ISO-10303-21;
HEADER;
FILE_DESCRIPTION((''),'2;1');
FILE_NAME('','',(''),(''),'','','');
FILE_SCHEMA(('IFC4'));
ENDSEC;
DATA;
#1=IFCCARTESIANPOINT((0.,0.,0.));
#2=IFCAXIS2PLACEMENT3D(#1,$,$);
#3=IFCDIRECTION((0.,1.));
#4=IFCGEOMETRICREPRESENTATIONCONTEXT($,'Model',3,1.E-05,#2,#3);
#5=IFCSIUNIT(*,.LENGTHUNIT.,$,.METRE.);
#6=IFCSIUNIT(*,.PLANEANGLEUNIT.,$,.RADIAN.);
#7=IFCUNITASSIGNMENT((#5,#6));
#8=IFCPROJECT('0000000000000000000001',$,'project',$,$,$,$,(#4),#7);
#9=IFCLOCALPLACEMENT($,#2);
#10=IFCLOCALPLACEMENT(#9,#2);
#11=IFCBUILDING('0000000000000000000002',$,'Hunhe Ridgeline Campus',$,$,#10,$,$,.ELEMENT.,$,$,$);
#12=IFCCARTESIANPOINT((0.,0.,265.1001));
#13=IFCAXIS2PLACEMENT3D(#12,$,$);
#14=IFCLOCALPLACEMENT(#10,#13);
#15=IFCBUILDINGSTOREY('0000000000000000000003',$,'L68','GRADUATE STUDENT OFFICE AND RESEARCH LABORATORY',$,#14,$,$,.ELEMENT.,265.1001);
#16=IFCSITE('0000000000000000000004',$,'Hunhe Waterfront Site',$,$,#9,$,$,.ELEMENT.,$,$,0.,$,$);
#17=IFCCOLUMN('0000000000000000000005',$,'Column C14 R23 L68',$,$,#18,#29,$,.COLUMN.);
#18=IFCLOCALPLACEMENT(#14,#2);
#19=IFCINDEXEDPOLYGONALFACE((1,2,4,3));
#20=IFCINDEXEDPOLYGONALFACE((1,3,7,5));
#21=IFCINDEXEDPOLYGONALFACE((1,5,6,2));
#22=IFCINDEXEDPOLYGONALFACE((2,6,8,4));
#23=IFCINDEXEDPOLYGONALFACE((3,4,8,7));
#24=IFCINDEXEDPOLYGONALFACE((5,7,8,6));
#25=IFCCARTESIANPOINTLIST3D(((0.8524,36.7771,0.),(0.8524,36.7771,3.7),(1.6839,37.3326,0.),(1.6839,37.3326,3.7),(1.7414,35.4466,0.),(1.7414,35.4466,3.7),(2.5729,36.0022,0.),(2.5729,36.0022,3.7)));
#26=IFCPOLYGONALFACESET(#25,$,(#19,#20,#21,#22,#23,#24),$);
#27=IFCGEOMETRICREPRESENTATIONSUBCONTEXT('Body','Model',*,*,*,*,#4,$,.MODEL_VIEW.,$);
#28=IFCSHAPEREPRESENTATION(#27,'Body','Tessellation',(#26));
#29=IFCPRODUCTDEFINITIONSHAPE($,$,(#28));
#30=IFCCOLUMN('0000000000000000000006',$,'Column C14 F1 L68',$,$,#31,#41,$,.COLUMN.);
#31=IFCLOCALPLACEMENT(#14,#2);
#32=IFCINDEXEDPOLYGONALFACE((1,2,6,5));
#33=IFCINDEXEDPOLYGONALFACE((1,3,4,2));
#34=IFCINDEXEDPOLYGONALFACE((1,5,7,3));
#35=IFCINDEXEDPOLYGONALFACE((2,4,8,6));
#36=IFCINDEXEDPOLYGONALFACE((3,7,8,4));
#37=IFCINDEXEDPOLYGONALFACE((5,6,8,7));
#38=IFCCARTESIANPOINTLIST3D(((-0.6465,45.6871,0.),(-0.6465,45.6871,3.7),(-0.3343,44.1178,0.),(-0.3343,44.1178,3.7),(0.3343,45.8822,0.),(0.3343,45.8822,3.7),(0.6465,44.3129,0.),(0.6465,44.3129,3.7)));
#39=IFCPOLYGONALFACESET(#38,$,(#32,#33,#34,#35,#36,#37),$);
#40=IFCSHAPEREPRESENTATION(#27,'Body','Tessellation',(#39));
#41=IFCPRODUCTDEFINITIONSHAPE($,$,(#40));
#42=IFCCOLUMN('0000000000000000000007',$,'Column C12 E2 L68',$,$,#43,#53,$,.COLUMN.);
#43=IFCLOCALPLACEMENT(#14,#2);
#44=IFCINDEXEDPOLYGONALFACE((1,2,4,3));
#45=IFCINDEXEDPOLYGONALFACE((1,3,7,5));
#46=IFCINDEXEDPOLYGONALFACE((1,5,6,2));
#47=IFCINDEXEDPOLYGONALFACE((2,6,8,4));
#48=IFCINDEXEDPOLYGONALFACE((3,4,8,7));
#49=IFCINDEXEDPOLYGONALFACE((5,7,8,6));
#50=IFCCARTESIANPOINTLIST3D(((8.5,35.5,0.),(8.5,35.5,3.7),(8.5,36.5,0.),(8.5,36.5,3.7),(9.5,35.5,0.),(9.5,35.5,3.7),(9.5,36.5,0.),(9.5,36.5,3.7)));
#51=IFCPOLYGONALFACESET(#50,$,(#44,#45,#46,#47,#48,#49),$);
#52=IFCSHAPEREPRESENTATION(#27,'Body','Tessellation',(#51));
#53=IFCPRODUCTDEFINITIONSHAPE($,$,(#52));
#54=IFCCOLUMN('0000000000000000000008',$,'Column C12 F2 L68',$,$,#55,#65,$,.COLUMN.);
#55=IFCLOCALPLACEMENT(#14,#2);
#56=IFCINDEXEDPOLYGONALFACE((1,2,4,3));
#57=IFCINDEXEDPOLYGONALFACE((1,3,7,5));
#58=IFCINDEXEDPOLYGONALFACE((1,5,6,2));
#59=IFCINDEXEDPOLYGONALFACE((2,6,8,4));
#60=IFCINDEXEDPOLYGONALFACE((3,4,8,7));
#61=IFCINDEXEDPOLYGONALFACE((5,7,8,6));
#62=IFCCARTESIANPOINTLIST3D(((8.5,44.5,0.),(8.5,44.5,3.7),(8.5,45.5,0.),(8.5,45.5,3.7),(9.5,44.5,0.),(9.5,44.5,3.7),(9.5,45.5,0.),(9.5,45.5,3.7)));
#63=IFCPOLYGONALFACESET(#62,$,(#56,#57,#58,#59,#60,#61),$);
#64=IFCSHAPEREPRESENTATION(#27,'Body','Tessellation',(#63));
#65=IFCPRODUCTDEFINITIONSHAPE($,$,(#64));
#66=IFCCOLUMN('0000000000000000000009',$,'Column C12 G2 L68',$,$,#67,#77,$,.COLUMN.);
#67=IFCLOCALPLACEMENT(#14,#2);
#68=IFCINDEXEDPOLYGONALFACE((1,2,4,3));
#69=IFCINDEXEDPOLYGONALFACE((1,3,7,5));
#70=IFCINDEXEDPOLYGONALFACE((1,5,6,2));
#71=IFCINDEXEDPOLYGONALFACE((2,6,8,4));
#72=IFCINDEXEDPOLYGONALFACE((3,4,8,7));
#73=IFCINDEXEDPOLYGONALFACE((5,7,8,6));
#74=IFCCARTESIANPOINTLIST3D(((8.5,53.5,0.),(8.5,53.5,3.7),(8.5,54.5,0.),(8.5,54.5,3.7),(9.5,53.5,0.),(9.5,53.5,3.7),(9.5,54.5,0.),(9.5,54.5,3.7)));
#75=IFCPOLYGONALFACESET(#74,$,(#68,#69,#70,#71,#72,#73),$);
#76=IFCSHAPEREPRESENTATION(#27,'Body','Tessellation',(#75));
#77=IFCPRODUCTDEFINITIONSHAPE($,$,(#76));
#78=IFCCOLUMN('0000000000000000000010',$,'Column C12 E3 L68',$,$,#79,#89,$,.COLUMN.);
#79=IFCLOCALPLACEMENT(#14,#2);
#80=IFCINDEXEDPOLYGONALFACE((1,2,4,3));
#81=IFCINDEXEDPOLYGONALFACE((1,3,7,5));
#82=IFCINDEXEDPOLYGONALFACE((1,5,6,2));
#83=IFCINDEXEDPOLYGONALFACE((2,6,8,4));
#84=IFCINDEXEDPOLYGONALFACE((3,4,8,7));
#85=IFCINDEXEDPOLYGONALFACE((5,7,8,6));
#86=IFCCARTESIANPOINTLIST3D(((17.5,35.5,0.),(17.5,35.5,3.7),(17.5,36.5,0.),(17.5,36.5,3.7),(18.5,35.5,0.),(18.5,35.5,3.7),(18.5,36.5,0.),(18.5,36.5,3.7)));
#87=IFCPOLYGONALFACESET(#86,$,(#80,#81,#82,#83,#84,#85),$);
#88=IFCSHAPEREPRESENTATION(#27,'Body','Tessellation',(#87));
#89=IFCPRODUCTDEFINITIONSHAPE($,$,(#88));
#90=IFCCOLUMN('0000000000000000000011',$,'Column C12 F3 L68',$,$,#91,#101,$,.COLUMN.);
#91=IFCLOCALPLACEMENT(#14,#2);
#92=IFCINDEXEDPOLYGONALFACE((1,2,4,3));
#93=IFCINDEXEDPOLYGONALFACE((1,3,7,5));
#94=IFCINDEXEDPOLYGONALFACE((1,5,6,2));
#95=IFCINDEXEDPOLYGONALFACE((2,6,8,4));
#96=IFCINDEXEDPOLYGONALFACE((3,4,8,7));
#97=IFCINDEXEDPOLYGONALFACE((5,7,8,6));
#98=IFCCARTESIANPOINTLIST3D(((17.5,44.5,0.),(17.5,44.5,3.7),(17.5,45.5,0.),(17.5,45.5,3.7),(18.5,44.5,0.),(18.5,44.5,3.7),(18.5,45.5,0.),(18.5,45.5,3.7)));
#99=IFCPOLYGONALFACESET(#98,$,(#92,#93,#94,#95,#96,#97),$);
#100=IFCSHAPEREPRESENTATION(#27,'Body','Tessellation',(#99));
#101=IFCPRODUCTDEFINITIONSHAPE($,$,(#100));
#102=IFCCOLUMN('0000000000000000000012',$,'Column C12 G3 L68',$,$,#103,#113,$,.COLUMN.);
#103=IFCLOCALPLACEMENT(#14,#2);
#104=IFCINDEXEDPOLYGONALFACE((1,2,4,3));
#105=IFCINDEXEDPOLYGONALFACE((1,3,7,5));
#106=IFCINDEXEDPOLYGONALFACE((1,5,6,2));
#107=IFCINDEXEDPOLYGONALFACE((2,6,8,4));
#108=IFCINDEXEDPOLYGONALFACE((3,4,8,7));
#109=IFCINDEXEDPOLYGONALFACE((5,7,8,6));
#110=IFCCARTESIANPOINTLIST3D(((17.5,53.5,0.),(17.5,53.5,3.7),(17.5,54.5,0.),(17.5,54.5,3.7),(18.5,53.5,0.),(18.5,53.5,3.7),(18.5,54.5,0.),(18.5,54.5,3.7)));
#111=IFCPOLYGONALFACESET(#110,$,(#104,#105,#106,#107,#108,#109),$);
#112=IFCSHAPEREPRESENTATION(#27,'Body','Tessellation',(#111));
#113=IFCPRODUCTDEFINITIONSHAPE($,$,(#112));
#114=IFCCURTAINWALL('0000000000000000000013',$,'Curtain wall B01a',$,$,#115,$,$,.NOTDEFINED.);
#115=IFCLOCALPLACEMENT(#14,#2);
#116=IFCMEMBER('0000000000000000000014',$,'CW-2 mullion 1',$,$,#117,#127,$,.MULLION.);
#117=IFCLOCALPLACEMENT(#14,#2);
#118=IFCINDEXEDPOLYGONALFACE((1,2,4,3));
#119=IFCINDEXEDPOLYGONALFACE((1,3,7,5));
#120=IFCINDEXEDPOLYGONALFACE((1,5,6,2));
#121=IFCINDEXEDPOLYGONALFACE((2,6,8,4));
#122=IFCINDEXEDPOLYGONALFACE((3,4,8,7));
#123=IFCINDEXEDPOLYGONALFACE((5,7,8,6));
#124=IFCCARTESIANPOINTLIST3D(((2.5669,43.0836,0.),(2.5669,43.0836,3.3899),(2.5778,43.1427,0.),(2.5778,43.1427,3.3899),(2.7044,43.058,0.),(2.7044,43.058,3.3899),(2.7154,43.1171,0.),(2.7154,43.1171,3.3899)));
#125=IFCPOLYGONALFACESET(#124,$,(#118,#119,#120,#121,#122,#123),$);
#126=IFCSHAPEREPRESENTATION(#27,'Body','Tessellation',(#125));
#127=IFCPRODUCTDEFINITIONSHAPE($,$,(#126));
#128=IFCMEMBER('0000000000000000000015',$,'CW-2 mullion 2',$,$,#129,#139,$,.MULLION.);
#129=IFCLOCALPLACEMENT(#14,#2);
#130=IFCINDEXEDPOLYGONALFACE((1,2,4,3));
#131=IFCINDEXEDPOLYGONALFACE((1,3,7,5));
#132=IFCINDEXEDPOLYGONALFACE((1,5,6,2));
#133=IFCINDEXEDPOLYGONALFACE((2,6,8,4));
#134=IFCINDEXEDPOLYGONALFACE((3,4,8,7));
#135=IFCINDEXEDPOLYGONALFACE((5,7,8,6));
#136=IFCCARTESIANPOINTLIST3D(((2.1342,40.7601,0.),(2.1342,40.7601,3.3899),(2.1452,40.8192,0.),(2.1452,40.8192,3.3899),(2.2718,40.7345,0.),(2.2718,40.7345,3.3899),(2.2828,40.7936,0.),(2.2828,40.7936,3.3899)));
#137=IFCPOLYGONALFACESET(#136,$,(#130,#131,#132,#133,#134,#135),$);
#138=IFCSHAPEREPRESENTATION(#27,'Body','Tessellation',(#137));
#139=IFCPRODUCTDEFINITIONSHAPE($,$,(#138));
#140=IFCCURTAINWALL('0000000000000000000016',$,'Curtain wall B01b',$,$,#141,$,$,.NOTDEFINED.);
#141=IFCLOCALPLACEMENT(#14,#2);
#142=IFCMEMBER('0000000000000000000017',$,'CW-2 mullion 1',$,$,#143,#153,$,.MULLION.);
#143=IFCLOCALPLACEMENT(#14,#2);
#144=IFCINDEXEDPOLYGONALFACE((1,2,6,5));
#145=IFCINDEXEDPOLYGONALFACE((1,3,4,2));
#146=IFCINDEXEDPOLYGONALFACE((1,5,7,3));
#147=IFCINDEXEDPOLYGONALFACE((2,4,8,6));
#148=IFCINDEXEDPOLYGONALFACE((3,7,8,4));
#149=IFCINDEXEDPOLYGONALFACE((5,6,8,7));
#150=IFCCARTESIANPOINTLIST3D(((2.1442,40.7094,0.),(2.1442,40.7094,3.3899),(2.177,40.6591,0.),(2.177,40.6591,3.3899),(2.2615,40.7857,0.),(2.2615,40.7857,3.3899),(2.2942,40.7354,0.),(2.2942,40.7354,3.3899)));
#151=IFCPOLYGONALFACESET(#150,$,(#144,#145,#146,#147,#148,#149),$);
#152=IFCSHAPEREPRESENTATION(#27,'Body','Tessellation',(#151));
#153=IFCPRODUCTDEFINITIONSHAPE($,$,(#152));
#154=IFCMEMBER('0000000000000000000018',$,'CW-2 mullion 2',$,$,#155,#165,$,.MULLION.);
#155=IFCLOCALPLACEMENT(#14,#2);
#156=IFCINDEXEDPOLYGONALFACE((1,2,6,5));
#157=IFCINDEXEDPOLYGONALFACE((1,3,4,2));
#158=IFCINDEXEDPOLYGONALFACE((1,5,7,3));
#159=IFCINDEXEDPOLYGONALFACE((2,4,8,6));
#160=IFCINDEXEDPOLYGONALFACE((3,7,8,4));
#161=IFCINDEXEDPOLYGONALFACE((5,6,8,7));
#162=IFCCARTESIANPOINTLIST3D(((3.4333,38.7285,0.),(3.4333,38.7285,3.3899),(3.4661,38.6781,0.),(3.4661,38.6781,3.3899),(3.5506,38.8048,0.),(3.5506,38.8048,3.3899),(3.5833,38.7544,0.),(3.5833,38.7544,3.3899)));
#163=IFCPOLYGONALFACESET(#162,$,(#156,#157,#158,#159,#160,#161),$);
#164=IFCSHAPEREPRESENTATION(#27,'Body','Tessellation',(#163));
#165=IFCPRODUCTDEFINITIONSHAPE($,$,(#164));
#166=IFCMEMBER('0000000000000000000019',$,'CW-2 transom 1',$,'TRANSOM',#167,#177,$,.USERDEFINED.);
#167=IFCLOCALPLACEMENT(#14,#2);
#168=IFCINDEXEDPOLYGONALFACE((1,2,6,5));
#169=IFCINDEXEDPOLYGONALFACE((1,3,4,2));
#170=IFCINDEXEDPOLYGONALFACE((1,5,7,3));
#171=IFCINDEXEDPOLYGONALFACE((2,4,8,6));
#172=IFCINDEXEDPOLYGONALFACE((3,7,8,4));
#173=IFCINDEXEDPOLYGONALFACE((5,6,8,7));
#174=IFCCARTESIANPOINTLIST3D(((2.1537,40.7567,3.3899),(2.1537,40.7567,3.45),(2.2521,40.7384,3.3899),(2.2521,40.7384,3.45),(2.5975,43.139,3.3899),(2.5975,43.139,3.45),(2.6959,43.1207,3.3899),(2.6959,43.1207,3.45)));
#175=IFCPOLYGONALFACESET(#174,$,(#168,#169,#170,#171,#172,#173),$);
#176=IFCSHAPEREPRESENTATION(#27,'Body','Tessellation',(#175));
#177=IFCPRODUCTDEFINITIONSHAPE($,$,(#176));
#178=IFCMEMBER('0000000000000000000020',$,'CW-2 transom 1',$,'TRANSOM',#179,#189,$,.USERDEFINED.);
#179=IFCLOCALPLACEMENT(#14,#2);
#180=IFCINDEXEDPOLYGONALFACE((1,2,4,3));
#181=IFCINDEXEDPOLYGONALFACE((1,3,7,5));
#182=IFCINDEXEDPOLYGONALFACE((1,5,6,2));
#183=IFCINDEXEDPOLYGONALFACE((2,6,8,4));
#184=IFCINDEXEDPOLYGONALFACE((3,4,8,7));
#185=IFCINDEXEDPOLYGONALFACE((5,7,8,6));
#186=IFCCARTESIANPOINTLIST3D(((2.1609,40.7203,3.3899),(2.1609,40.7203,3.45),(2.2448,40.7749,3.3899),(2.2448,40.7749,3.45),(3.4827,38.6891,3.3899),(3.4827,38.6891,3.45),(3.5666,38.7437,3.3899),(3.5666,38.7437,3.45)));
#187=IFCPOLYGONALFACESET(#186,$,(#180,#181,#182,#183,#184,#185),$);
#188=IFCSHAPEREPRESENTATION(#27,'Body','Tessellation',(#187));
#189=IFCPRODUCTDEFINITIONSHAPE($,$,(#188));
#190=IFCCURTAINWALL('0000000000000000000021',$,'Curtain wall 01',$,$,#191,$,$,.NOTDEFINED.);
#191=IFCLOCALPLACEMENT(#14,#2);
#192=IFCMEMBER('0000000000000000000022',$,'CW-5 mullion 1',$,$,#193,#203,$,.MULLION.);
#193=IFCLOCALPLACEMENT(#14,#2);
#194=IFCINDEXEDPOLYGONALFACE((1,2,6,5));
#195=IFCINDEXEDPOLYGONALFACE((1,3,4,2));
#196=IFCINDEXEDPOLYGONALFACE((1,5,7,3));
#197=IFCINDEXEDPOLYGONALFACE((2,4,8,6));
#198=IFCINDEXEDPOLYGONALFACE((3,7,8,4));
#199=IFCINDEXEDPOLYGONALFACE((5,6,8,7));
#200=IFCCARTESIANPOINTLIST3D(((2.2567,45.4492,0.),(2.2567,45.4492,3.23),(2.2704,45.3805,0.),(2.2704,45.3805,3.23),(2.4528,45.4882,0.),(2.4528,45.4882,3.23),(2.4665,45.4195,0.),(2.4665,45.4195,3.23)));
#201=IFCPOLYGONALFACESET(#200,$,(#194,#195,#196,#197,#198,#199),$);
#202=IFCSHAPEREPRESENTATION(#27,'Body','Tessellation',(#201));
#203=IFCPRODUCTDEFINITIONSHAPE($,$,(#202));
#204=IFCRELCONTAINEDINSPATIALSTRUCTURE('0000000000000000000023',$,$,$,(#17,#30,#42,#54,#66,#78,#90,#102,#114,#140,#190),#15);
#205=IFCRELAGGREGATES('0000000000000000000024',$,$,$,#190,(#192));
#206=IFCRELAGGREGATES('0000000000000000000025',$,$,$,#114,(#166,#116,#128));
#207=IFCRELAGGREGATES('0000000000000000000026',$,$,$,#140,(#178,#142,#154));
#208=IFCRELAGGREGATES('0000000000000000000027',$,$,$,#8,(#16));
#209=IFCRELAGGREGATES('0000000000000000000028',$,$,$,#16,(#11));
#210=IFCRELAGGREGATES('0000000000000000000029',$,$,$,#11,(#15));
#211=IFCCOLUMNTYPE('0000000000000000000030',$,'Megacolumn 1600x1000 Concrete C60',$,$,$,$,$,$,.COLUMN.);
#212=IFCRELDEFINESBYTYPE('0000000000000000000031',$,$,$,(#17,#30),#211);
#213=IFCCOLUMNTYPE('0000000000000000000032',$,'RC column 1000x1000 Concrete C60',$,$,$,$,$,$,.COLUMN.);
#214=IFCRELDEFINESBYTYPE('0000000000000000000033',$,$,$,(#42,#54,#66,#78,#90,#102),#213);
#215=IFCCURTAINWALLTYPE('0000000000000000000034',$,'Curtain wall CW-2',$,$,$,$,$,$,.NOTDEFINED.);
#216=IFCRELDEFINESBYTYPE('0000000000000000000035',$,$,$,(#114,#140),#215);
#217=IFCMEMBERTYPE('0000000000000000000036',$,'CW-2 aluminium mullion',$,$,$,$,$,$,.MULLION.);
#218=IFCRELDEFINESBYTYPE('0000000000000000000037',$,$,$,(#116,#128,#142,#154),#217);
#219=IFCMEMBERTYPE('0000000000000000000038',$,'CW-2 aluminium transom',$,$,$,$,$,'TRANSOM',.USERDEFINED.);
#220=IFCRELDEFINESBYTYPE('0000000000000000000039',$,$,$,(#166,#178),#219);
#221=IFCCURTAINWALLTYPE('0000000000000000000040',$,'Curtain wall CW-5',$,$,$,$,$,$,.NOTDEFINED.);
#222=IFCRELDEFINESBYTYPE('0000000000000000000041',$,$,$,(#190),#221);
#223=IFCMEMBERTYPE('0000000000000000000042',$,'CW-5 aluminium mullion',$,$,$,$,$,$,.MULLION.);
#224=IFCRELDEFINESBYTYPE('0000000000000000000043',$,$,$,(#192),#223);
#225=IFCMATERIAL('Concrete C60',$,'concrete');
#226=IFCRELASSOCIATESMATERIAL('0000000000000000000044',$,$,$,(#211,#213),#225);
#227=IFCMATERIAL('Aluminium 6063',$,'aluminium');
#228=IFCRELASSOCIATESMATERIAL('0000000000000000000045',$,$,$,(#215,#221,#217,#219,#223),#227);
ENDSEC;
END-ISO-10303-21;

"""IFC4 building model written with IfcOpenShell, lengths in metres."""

from ifc_helpers import new_model, si_unit, direction, frame, origin, origin_2d, place, context, subcontext, project, spatial, rectangle, extrude, material, material_profile, profile_set, type_object, element, aggregate, save


model = new_model("IFC4")

# Units and contexts
model_context = context("Model", 3, precision=1e-05, world=origin(), true_north=direction((0.0, 1.0)))
body_context = subcontext(model_context, "Body", "Model", "MODEL_VIEW")
ifc_project = project(units=[si_unit("LENGTHUNIT", "METRE"), si_unit("PLANEANGLEUNIT", "RADIAN")], contexts=[model_context])

# Site, building, storey
site_placement = place(None, origin())
site = spatial("IfcSite", under=ifc_project, at=site_placement, Name="Hunhe Waterfront Site", CompositionType="ELEMENT", RefElevation=0.0)
building_placement = place(site_placement, origin())
building = spatial("IfcBuilding", under=site, at=building_placement, Name="Hunhe Ridgeline Campus", CompositionType="ELEMENT")
storey_placement = place(building_placement, frame((0.0, 0.0, 265.1001)))
storey = spatial("IfcBuildingStorey", under=building, at=storey_placement, Name="L68", Description="GRADUATE STUDENT OFFICE AND RESEARCH LABORATORY", CompositionType="ELEMENT", Elevation=265.1001)

# Columns
ifc_material_1 = material(Name="Concrete C60", Category="concrete")
ifc_material_profile_1 = material_profile(ifc_material_1, rectangle(XDim=1.6001, YDim=1.0, at=origin_2d()))
ifc_profile_set_1 = profile_set([ifc_material_profile_1], Name="Concrete C60")
column_type_1 = type_object("IfcColumnType", Name="Megacolumn 1600x1000 Concrete C60", PredefinedType="COLUMN", material=ifc_profile_set_1)
for number, where, z_axis, x_axis, name in (
    (1, (1.7126, 36.3896, 0.0), (0.0, 0.0, 1.0), (-0.55557, 0.83147, 0.0), "Column C14 R23 L68"),
    (2, (0.0, 45.0, 0.0), (0.0, 0.0, 1.0), (-0.19509, 0.980785, 0.0), "Column C14 F1 L68"),
):
    element("IfcColumn", number, at=place(storey_placement, frame(where, z_axis=z_axis, x_axis=x_axis)), inside=storey, type_object=column_type_1, Name=name, PredefinedType="COLUMN", context=body_context, shape_type="SweptSolid", body=[
        extrude(rectangle(XDim=1.6001, YDim=1.0, at=origin_2d()), origin(), (0.0, 0.0, 1.0), 3.7),
    ])
ifc_material_profile_2 = material_profile(ifc_material_1, rectangle(XDim=1.0, YDim=1.0, at=origin_2d()))
ifc_profile_set_2 = profile_set([ifc_material_profile_2], Name="Concrete C60")
column_type_2 = type_object("IfcColumnType", Name="RC column 1000x1000 Concrete C60", PredefinedType="COLUMN", material=ifc_profile_set_2)
for number, where, z_axis, x_axis, name in (
    (3, (9.0, 36.0, 0.0), (0.0, 0.0, 1.0), (1.0, 0.0, 0.0), "Column C12 E2 L68"),
    (4, (9.0, 45.0, 0.0), (0.0, 0.0, 1.0), (1.0, 0.0, 0.0), "Column C12 F2 L68"),
    (5, (9.0, 54.0, 0.0), (0.0, 0.0, 1.0), (1.0, 0.0, 0.0), "Column C12 G2 L68"),
    (6, (18.0, 36.0, 0.0), (0.0, 0.0, 1.0), (1.0, 0.0, 0.0), "Column C12 E3 L68"),
    (7, (18.0, 45.0, 0.0), (0.0, 0.0, 1.0), (1.0, 0.0, 0.0), "Column C12 F3 L68"),
    (8, (18.0, 54.0, 0.0), (0.0, 0.0, 1.0), (1.0, 0.0, 0.0), "Column C12 G3 L68"),
):
    element("IfcColumn", number, at=place(storey_placement, frame(where, z_axis=z_axis, x_axis=x_axis)), inside=storey, type_object=column_type_2, Name=name, PredefinedType="COLUMN", context=body_context, shape_type="SweptSolid", body=[
        extrude(rectangle(XDim=1.0, YDim=1.0, at=origin_2d()), origin(), (0.0, 0.0, 1.0), 3.7),
    ])

# Curtain walls, members
ifc_material_2 = material(Name="Aluminium 6063", Category="aluminium")
curtain_wall_type_1 = type_object("IfcCurtainWallType", Name="Curtain wall CW-2", PredefinedType="NOTDEFINED", material=ifc_material_2)
curtain_wall_1_placement = place(storey_placement, origin())
curtain_wall_1 = element("IfcCurtainWall", 9, at=curtain_wall_1_placement, inside=storey, type_object=curtain_wall_type_1, Name="Curtain wall B01a", PredefinedType="NOTDEFINED")
ifc_material_profile_3 = material_profile(ifc_material_2, rectangle(XDim=0.1399, YDim=0.0601, at=origin_2d()))
ifc_profile_set_3 = profile_set([ifc_material_profile_3], Name="Aluminium 6063")
member_type_1 = type_object("IfcMemberType", Name="CW-2 aluminium mullion", PredefinedType="MULLION", material=ifc_profile_set_3)
member_1_placement = place(storey_placement, frame((2.6411, 43.1003, 0.0), z_axis=(0.0, 0.0, 1.0), x_axis=(0.983092, -0.183113, 0.0)))
member_1 = element("IfcMember", 10, at=member_1_placement, type_object=member_type_1, Name="CW-2 mullion 1", PredefinedType="MULLION", context=body_context, shape_type="SweptSolid", body=[
    extrude(rectangle(XDim=0.1399, YDim=0.0601, at=origin_2d()), origin(), (0.0, 0.0, 1.0), 3.3899),
])
member_2_placement = place(storey_placement, frame((2.2085, 40.7769, 0.0), z_axis=(0.0, 0.0, 1.0), x_axis=(0.983092, -0.183113, 0.0)))
member_2 = element("IfcMember", 11, at=member_2_placement, type_object=member_type_1, Name="CW-2 mullion 2", PredefinedType="MULLION", context=body_context, shape_type="SweptSolid", body=[
    extrude(rectangle(XDim=0.1399, YDim=0.0601, at=origin_2d()), origin(), (0.0, 0.0, 1.0), 3.3899),
])
curtain_wall_2_placement = place(storey_placement, origin())
curtain_wall_2 = element("IfcCurtainWall", 12, at=curtain_wall_2_placement, inside=storey, type_object=curtain_wall_type_1, Name="Curtain wall B01b", PredefinedType="NOTDEFINED")
member_3_placement = place(storey_placement, frame((2.2192, 40.7224, 0.0), z_axis=(0.0, 0.0, 1.0), x_axis=(0.838179, 0.545395, 0.0)))
member_3 = element("IfcMember", 13, at=member_3_placement, type_object=member_type_1, Name="CW-2 mullion 1", PredefinedType="MULLION", context=body_context, shape_type="SweptSolid", body=[
    extrude(rectangle(XDim=0.1399, YDim=0.0601, at=origin_2d()), origin(), (0.0, 0.0, 1.0), 3.3899),
])
member_4_placement = place(storey_placement, frame((3.5083, 38.7415, 0.0), z_axis=(0.0, 0.0, 1.0), x_axis=(0.838179, 0.545395, 0.0)))
member_4 = element("IfcMember", 14, at=member_4_placement, type_object=member_type_1, Name="CW-2 mullion 2", PredefinedType="MULLION", context=body_context, shape_type="SweptSolid", body=[
    extrude(rectangle(XDim=0.1399, YDim=0.0601, at=origin_2d()), origin(), (0.0, 0.0, 1.0), 3.3899),
])

# Members
ifc_material_profile_4 = material_profile(ifc_material_2, rectangle(XDim=0.1001, YDim=0.0601, at=origin_2d()))
ifc_profile_set_4 = profile_set([ifc_material_profile_4], Name="Aluminium 6063")
member_type_2 = type_object("IfcMemberType", Name="CW-2 aluminium transom", ElementType="TRANSOM", PredefinedType="USERDEFINED", material=ifc_profile_set_4)
member_5_placement = place(storey_placement, frame((2.6467, 43.1299, 3.4199), z_axis=(-0.183157, -0.983084, 0.0), x_axis=(0.983084, -0.183157, 0.0)))
member_5 = element("IfcMember", 15, at=member_5_placement, type_object=member_type_2, Name="CW-2 transom 1", ObjectType="TRANSOM", PredefinedType="USERDEFINED", context=body_context, shape_type="SweptSolid", body=[
    extrude(rectangle(XDim=0.1001, YDim=0.0601, at=origin_2d()), origin(), (0.0, 0.0, 1.0), 2.4233),
])
member_6_placement = place(storey_placement, frame((2.2029, 40.7476, 3.4199), z_axis=(0.545413, -0.838167, 0.0), x_axis=(0.838167, 0.545413, 0.0)))
member_6 = element("IfcMember", 16, at=member_6_placement, type_object=member_type_2, Name="CW-2 transom 1", ObjectType="TRANSOM", PredefinedType="USERDEFINED", context=body_context, shape_type="SweptSolid", body=[
    extrude(rectangle(XDim=0.1001, YDim=0.0601, at=origin_2d()), origin(), (0.0, 0.0, 1.0), 2.4233),
])

# Curtain wall, member
curtain_wall_type_2 = type_object("IfcCurtainWallType", Name="Curtain wall CW-5", PredefinedType="NOTDEFINED", material=ifc_material_2)
curtain_wall_3_placement = place(storey_placement, origin())
curtain_wall_3 = element("IfcCurtainWall", 17, at=curtain_wall_3_placement, inside=storey, type_object=curtain_wall_type_2, Name="Curtain wall 01", PredefinedType="NOTDEFINED")
ifc_material_profile_5 = material_profile(ifc_material_2, rectangle(XDim=0.2, YDim=0.0701, at=origin_2d()))
ifc_profile_set_5 = profile_set([ifc_material_profile_5], Name="Aluminium 6063")
member_type_3 = type_object("IfcMemberType", Name="CW-5 aluminium mullion", PredefinedType="MULLION", material=ifc_profile_set_5)
member_7_placement = place(storey_placement, frame((2.3616, 45.4343, 0.0), z_axis=(0.0, 0.0, 1.0), x_axis=(0.980784, 0.195095, 0.0)))
member_7 = element("IfcMember", 18, at=member_7_placement, type_object=member_type_3, Name="CW-5 mullion 1", PredefinedType="MULLION", context=body_context, shape_type="SweptSolid", body=[
    extrude(rectangle(XDim=0.2, YDim=0.0701, at=origin_2d()), origin(), (0.0, 0.0, 1.0), 3.23),
])

aggregate(curtain_wall_3, [member_7])
aggregate(curtain_wall_1, [member_5, member_1, member_2])
aggregate(curtain_wall_2, [member_6, member_3, member_4])

save(model, "model.ifc")
